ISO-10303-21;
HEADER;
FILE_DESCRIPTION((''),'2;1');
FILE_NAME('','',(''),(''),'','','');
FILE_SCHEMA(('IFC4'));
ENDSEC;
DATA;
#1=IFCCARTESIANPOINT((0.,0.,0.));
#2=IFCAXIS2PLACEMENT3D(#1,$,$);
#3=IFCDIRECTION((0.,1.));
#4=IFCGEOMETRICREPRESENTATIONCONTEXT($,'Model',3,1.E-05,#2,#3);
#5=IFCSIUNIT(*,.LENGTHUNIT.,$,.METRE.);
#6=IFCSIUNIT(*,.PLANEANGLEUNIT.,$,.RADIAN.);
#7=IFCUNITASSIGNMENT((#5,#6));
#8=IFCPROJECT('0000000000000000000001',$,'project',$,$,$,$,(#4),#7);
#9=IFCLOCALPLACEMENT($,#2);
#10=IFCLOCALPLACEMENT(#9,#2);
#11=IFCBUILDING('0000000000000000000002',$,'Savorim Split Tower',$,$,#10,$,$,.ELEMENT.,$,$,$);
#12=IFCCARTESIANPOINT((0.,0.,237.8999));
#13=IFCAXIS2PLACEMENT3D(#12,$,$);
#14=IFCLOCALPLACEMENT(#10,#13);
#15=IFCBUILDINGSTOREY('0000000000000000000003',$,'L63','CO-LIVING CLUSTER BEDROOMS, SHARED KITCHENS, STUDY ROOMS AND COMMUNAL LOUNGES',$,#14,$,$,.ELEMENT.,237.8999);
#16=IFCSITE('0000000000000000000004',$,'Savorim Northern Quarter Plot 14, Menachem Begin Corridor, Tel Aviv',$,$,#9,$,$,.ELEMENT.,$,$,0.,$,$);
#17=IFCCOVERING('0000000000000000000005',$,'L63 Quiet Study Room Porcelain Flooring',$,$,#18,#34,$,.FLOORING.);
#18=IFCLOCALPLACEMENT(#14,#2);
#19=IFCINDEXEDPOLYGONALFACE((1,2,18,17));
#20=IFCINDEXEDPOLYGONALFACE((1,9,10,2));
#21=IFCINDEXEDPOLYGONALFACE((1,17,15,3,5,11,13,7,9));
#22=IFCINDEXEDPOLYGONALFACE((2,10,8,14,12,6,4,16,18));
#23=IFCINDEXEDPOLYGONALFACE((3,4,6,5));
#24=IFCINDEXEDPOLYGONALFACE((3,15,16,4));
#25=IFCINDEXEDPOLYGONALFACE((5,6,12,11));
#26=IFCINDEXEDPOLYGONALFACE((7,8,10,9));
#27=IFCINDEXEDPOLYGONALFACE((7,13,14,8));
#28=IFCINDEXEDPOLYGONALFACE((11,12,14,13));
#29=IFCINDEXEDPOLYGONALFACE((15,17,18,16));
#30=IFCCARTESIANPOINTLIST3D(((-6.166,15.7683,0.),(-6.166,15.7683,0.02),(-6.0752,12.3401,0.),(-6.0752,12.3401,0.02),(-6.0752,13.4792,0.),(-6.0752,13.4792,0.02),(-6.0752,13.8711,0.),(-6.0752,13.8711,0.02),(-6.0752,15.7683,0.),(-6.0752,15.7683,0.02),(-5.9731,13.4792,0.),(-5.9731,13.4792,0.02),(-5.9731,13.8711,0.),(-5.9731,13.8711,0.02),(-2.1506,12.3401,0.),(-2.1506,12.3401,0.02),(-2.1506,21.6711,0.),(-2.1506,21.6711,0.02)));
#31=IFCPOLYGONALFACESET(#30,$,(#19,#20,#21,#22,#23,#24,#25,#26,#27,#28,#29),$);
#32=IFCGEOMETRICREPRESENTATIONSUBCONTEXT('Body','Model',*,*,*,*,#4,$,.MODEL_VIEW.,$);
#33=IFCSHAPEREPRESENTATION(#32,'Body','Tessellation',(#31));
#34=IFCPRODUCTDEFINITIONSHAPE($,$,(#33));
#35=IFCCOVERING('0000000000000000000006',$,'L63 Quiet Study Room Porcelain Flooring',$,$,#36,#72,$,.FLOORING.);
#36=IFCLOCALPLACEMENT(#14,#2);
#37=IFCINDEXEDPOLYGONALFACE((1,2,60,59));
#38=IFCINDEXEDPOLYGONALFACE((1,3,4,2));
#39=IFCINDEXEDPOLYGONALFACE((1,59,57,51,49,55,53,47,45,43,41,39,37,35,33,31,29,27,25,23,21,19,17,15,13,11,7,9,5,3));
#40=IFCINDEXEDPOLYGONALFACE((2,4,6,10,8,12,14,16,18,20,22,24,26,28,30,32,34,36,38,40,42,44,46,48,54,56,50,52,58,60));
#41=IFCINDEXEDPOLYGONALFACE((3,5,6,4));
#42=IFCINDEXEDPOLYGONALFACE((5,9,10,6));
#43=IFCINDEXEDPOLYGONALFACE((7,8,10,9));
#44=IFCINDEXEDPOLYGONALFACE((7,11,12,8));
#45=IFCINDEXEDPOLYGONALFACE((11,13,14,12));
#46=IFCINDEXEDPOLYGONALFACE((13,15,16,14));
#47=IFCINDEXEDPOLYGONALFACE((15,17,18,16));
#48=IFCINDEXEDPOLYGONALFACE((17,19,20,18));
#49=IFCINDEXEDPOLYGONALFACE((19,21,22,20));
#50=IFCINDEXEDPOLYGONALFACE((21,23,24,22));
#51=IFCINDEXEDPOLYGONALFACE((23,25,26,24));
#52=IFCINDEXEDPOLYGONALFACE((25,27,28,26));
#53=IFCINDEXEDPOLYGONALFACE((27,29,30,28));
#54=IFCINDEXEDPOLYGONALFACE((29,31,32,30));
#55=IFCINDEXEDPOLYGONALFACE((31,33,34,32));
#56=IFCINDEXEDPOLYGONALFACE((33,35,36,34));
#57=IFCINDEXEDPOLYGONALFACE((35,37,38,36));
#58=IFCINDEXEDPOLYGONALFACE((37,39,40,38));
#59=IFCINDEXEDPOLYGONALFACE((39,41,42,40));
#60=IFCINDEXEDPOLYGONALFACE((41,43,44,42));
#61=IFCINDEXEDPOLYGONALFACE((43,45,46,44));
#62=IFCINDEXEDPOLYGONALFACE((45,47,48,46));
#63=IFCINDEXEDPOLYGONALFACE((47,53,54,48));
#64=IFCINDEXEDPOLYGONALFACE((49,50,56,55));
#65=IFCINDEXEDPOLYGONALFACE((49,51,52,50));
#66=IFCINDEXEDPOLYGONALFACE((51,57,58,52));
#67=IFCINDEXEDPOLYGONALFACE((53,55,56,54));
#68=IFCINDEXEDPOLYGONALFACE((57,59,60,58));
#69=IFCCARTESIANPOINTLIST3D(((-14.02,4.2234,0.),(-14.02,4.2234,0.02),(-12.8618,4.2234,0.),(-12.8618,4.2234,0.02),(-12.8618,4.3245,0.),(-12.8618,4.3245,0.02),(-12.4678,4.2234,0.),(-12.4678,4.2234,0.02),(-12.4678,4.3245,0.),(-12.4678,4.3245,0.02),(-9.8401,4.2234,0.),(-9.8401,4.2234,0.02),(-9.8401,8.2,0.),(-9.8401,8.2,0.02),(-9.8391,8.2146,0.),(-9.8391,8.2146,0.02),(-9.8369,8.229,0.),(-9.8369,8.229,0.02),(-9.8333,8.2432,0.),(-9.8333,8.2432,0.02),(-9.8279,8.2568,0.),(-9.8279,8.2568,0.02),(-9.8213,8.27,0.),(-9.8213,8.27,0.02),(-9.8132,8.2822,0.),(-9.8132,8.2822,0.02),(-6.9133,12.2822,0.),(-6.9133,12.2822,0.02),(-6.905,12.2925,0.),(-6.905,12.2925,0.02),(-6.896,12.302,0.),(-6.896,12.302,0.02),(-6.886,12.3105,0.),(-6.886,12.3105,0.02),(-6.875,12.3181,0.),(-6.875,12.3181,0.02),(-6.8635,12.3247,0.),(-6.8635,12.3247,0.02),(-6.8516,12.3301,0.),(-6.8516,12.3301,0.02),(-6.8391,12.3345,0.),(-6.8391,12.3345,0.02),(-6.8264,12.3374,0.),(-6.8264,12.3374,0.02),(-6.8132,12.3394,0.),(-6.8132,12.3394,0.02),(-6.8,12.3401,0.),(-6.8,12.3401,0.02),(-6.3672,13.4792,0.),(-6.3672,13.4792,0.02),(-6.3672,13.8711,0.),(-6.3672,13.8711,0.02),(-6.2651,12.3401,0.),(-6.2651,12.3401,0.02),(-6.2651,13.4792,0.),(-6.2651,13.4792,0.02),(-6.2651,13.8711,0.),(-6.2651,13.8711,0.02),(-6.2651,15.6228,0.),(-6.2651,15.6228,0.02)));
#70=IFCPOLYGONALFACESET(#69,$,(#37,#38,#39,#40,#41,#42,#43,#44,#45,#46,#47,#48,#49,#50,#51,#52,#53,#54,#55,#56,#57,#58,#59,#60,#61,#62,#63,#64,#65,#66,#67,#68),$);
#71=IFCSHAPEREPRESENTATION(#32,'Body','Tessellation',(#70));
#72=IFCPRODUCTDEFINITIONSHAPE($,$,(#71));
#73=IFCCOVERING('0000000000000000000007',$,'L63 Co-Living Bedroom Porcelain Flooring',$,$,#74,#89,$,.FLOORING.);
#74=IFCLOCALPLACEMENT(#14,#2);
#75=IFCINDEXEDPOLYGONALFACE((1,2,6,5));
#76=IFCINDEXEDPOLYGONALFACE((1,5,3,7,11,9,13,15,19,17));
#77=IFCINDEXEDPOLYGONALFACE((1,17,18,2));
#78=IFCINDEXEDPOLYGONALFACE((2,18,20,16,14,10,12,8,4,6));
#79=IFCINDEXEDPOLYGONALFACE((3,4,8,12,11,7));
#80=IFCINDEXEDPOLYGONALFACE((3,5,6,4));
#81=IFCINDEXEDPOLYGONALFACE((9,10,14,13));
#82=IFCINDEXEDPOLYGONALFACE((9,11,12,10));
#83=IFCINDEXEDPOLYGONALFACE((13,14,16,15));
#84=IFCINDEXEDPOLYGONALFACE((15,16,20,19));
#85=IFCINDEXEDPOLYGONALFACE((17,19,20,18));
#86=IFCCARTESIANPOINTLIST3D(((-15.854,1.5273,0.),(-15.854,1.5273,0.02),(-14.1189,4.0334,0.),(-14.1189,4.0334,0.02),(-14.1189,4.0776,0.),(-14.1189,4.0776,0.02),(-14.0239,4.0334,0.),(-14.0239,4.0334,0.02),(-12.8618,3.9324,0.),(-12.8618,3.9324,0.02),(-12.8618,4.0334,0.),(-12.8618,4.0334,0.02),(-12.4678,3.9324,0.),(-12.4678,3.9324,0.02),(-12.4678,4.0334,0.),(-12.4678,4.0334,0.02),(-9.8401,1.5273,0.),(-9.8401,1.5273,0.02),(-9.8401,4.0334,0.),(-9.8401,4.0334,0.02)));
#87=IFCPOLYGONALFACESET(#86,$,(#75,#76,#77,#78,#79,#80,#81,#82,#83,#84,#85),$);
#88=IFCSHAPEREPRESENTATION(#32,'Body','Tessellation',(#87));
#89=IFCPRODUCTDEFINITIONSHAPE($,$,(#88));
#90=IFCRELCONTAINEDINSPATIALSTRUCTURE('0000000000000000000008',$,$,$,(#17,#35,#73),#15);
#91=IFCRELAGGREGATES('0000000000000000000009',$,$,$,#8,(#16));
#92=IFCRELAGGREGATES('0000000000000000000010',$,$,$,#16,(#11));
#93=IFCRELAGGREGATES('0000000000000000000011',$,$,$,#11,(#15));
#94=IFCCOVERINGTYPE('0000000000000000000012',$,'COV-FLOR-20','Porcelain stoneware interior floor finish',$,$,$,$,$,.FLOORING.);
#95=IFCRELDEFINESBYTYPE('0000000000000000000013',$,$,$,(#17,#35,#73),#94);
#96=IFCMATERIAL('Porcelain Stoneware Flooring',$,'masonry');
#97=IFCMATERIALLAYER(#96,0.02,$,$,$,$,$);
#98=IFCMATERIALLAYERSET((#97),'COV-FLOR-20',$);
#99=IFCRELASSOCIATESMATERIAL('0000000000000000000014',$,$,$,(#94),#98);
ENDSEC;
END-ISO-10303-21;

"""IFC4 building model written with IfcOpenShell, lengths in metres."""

from ifc_helpers import new_model, si_unit, direction, frame, origin, place, context, subcontext, project, spatial, polyline, outline, extrude, material, layer, layer_set, type_object, element, save


model = new_model("IFC4")

# Units and contexts
model_context = context("Model", 3, precision=1e-05, world=origin(), true_north=direction((0.0, 1.0)))
body_context = subcontext(model_context, "Body", "Model", "MODEL_VIEW")
ifc_project = project(units=[si_unit("LENGTHUNIT", "METRE"), si_unit("PLANEANGLEUNIT", "RADIAN")], contexts=[model_context])

# Site, building, storey
site_placement = place(None, origin())
site = spatial("IfcSite", under=ifc_project, at=site_placement, Name="Savorim Northern Quarter Plot 14, Menachem Begin Corridor, Tel Aviv", CompositionType="ELEMENT", RefElevation=0.0)
building_placement = place(site_placement, origin())
building = spatial("IfcBuilding", under=site, at=building_placement, Name="Savorim Split Tower", CompositionType="ELEMENT")
storey_placement = place(building_placement, frame((0.0, 0.0, 237.8999)))
storey = spatial("IfcBuildingStorey", under=building, at=storey_placement, Name="L63", Description="CO-LIVING CLUSTER BEDROOMS, SHARED KITCHENS, STUDY ROOMS AND COMMUNAL LOUNGES", CompositionType="ELEMENT", Elevation=237.8999)

# Coverings
ifc_material_1 = material(Name="Porcelain Stoneware Flooring", Category="masonry")
ifc_layer_1 = layer(ifc_material_1, 0.02)
ifc_layer_set_1 = layer_set([ifc_layer_1], Name="COV-FLOR-20")
covering_type_1 = type_object("IfcCoveringType", Name="COV-FLOR-20", Description="Porcelain stoneware interior floor finish", PredefinedType="FLOORING", material=ifc_layer_set_1)
covering_1_placement = place(storey_placement, origin())
element("IfcCovering", 1, at=covering_1_placement, inside=storey, type_object=covering_type_1, Name="L63 Quiet Study Room Porcelain Flooring", PredefinedType="FLOORING", context=body_context, shape_type="SweptSolid", body=[
    extrude(outline(polyline([(-5.9731, 13.4792), (-6.0752, 13.4792), (-6.0752, 12.3401), (-2.1506, 12.3401), (-2.1506, 21.6711), (-6.166, 15.7683), (-6.0752, 15.7683), (-6.0752, 13.8711), (-5.9731, 13.8711), (-5.9731, 13.4792)])), origin(), (0.0, 0.0, 1.0), 0.02),
])
covering_2_placement = place(storey_placement, origin())
element("IfcCovering", 2, at=covering_2_placement, inside=storey, type_object=covering_type_1, Name="L63 Quiet Study Room Porcelain Flooring", PredefinedType="FLOORING", context=body_context, shape_type="SweptSolid", body=[
    extrude(outline(polyline([(-6.8132, 12.3394), (-6.8, 12.3401), (-6.2651, 12.3401), (-6.2651, 13.4792), (-6.3672, 13.4792), (-6.3672, 13.8711), (-6.2651, 13.8711), (-6.2651, 15.6228), (-14.02, 4.2234), (-12.8618, 4.2234), (-12.8618, 4.3245), (-12.4678, 4.3245), (-12.4678, 4.2234), (-9.8401, 4.2234), (-9.8401, 8.2), (-9.8391, 8.2146), (-9.8369, 8.229), (-9.8333, 8.2432), (-9.8279, 8.2568), (-9.8213, 8.27), (-9.8132, 8.2822), (-6.9133, 12.2822), (-6.905, 12.2925), (-6.896, 12.302), (-6.886, 12.3105), (-6.875, 12.3181), (-6.8635, 12.3247), (-6.8516, 12.3301), (-6.8391, 12.3345), (-6.8264, 12.3374), (-6.8132, 12.3394)])), origin(), (0.0, 0.0, 1.0), 0.02),
])
covering_3_placement = place(storey_placement, origin())
element("IfcCovering", 3, at=covering_3_placement, inside=storey, type_object=covering_type_1, Name="L63 Co-Living Bedroom Porcelain Flooring", PredefinedType="FLOORING", context=body_context, shape_type="SweptSolid", body=[
    extrude(outline(polyline([(-12.8618, 4.0334), (-14.0239, 4.0334), (-14.1189, 4.0334), (-14.1189, 4.0776), (-15.854, 1.5273), (-9.8401, 1.5273), (-9.8401, 4.0334), (-12.4678, 4.0334), (-12.4678, 3.9324), (-12.8618, 3.9324), (-12.8618, 4.0334)])), origin(), (0.0, 0.0, 1.0), 0.02),
])

save(model, "model.ifc")
